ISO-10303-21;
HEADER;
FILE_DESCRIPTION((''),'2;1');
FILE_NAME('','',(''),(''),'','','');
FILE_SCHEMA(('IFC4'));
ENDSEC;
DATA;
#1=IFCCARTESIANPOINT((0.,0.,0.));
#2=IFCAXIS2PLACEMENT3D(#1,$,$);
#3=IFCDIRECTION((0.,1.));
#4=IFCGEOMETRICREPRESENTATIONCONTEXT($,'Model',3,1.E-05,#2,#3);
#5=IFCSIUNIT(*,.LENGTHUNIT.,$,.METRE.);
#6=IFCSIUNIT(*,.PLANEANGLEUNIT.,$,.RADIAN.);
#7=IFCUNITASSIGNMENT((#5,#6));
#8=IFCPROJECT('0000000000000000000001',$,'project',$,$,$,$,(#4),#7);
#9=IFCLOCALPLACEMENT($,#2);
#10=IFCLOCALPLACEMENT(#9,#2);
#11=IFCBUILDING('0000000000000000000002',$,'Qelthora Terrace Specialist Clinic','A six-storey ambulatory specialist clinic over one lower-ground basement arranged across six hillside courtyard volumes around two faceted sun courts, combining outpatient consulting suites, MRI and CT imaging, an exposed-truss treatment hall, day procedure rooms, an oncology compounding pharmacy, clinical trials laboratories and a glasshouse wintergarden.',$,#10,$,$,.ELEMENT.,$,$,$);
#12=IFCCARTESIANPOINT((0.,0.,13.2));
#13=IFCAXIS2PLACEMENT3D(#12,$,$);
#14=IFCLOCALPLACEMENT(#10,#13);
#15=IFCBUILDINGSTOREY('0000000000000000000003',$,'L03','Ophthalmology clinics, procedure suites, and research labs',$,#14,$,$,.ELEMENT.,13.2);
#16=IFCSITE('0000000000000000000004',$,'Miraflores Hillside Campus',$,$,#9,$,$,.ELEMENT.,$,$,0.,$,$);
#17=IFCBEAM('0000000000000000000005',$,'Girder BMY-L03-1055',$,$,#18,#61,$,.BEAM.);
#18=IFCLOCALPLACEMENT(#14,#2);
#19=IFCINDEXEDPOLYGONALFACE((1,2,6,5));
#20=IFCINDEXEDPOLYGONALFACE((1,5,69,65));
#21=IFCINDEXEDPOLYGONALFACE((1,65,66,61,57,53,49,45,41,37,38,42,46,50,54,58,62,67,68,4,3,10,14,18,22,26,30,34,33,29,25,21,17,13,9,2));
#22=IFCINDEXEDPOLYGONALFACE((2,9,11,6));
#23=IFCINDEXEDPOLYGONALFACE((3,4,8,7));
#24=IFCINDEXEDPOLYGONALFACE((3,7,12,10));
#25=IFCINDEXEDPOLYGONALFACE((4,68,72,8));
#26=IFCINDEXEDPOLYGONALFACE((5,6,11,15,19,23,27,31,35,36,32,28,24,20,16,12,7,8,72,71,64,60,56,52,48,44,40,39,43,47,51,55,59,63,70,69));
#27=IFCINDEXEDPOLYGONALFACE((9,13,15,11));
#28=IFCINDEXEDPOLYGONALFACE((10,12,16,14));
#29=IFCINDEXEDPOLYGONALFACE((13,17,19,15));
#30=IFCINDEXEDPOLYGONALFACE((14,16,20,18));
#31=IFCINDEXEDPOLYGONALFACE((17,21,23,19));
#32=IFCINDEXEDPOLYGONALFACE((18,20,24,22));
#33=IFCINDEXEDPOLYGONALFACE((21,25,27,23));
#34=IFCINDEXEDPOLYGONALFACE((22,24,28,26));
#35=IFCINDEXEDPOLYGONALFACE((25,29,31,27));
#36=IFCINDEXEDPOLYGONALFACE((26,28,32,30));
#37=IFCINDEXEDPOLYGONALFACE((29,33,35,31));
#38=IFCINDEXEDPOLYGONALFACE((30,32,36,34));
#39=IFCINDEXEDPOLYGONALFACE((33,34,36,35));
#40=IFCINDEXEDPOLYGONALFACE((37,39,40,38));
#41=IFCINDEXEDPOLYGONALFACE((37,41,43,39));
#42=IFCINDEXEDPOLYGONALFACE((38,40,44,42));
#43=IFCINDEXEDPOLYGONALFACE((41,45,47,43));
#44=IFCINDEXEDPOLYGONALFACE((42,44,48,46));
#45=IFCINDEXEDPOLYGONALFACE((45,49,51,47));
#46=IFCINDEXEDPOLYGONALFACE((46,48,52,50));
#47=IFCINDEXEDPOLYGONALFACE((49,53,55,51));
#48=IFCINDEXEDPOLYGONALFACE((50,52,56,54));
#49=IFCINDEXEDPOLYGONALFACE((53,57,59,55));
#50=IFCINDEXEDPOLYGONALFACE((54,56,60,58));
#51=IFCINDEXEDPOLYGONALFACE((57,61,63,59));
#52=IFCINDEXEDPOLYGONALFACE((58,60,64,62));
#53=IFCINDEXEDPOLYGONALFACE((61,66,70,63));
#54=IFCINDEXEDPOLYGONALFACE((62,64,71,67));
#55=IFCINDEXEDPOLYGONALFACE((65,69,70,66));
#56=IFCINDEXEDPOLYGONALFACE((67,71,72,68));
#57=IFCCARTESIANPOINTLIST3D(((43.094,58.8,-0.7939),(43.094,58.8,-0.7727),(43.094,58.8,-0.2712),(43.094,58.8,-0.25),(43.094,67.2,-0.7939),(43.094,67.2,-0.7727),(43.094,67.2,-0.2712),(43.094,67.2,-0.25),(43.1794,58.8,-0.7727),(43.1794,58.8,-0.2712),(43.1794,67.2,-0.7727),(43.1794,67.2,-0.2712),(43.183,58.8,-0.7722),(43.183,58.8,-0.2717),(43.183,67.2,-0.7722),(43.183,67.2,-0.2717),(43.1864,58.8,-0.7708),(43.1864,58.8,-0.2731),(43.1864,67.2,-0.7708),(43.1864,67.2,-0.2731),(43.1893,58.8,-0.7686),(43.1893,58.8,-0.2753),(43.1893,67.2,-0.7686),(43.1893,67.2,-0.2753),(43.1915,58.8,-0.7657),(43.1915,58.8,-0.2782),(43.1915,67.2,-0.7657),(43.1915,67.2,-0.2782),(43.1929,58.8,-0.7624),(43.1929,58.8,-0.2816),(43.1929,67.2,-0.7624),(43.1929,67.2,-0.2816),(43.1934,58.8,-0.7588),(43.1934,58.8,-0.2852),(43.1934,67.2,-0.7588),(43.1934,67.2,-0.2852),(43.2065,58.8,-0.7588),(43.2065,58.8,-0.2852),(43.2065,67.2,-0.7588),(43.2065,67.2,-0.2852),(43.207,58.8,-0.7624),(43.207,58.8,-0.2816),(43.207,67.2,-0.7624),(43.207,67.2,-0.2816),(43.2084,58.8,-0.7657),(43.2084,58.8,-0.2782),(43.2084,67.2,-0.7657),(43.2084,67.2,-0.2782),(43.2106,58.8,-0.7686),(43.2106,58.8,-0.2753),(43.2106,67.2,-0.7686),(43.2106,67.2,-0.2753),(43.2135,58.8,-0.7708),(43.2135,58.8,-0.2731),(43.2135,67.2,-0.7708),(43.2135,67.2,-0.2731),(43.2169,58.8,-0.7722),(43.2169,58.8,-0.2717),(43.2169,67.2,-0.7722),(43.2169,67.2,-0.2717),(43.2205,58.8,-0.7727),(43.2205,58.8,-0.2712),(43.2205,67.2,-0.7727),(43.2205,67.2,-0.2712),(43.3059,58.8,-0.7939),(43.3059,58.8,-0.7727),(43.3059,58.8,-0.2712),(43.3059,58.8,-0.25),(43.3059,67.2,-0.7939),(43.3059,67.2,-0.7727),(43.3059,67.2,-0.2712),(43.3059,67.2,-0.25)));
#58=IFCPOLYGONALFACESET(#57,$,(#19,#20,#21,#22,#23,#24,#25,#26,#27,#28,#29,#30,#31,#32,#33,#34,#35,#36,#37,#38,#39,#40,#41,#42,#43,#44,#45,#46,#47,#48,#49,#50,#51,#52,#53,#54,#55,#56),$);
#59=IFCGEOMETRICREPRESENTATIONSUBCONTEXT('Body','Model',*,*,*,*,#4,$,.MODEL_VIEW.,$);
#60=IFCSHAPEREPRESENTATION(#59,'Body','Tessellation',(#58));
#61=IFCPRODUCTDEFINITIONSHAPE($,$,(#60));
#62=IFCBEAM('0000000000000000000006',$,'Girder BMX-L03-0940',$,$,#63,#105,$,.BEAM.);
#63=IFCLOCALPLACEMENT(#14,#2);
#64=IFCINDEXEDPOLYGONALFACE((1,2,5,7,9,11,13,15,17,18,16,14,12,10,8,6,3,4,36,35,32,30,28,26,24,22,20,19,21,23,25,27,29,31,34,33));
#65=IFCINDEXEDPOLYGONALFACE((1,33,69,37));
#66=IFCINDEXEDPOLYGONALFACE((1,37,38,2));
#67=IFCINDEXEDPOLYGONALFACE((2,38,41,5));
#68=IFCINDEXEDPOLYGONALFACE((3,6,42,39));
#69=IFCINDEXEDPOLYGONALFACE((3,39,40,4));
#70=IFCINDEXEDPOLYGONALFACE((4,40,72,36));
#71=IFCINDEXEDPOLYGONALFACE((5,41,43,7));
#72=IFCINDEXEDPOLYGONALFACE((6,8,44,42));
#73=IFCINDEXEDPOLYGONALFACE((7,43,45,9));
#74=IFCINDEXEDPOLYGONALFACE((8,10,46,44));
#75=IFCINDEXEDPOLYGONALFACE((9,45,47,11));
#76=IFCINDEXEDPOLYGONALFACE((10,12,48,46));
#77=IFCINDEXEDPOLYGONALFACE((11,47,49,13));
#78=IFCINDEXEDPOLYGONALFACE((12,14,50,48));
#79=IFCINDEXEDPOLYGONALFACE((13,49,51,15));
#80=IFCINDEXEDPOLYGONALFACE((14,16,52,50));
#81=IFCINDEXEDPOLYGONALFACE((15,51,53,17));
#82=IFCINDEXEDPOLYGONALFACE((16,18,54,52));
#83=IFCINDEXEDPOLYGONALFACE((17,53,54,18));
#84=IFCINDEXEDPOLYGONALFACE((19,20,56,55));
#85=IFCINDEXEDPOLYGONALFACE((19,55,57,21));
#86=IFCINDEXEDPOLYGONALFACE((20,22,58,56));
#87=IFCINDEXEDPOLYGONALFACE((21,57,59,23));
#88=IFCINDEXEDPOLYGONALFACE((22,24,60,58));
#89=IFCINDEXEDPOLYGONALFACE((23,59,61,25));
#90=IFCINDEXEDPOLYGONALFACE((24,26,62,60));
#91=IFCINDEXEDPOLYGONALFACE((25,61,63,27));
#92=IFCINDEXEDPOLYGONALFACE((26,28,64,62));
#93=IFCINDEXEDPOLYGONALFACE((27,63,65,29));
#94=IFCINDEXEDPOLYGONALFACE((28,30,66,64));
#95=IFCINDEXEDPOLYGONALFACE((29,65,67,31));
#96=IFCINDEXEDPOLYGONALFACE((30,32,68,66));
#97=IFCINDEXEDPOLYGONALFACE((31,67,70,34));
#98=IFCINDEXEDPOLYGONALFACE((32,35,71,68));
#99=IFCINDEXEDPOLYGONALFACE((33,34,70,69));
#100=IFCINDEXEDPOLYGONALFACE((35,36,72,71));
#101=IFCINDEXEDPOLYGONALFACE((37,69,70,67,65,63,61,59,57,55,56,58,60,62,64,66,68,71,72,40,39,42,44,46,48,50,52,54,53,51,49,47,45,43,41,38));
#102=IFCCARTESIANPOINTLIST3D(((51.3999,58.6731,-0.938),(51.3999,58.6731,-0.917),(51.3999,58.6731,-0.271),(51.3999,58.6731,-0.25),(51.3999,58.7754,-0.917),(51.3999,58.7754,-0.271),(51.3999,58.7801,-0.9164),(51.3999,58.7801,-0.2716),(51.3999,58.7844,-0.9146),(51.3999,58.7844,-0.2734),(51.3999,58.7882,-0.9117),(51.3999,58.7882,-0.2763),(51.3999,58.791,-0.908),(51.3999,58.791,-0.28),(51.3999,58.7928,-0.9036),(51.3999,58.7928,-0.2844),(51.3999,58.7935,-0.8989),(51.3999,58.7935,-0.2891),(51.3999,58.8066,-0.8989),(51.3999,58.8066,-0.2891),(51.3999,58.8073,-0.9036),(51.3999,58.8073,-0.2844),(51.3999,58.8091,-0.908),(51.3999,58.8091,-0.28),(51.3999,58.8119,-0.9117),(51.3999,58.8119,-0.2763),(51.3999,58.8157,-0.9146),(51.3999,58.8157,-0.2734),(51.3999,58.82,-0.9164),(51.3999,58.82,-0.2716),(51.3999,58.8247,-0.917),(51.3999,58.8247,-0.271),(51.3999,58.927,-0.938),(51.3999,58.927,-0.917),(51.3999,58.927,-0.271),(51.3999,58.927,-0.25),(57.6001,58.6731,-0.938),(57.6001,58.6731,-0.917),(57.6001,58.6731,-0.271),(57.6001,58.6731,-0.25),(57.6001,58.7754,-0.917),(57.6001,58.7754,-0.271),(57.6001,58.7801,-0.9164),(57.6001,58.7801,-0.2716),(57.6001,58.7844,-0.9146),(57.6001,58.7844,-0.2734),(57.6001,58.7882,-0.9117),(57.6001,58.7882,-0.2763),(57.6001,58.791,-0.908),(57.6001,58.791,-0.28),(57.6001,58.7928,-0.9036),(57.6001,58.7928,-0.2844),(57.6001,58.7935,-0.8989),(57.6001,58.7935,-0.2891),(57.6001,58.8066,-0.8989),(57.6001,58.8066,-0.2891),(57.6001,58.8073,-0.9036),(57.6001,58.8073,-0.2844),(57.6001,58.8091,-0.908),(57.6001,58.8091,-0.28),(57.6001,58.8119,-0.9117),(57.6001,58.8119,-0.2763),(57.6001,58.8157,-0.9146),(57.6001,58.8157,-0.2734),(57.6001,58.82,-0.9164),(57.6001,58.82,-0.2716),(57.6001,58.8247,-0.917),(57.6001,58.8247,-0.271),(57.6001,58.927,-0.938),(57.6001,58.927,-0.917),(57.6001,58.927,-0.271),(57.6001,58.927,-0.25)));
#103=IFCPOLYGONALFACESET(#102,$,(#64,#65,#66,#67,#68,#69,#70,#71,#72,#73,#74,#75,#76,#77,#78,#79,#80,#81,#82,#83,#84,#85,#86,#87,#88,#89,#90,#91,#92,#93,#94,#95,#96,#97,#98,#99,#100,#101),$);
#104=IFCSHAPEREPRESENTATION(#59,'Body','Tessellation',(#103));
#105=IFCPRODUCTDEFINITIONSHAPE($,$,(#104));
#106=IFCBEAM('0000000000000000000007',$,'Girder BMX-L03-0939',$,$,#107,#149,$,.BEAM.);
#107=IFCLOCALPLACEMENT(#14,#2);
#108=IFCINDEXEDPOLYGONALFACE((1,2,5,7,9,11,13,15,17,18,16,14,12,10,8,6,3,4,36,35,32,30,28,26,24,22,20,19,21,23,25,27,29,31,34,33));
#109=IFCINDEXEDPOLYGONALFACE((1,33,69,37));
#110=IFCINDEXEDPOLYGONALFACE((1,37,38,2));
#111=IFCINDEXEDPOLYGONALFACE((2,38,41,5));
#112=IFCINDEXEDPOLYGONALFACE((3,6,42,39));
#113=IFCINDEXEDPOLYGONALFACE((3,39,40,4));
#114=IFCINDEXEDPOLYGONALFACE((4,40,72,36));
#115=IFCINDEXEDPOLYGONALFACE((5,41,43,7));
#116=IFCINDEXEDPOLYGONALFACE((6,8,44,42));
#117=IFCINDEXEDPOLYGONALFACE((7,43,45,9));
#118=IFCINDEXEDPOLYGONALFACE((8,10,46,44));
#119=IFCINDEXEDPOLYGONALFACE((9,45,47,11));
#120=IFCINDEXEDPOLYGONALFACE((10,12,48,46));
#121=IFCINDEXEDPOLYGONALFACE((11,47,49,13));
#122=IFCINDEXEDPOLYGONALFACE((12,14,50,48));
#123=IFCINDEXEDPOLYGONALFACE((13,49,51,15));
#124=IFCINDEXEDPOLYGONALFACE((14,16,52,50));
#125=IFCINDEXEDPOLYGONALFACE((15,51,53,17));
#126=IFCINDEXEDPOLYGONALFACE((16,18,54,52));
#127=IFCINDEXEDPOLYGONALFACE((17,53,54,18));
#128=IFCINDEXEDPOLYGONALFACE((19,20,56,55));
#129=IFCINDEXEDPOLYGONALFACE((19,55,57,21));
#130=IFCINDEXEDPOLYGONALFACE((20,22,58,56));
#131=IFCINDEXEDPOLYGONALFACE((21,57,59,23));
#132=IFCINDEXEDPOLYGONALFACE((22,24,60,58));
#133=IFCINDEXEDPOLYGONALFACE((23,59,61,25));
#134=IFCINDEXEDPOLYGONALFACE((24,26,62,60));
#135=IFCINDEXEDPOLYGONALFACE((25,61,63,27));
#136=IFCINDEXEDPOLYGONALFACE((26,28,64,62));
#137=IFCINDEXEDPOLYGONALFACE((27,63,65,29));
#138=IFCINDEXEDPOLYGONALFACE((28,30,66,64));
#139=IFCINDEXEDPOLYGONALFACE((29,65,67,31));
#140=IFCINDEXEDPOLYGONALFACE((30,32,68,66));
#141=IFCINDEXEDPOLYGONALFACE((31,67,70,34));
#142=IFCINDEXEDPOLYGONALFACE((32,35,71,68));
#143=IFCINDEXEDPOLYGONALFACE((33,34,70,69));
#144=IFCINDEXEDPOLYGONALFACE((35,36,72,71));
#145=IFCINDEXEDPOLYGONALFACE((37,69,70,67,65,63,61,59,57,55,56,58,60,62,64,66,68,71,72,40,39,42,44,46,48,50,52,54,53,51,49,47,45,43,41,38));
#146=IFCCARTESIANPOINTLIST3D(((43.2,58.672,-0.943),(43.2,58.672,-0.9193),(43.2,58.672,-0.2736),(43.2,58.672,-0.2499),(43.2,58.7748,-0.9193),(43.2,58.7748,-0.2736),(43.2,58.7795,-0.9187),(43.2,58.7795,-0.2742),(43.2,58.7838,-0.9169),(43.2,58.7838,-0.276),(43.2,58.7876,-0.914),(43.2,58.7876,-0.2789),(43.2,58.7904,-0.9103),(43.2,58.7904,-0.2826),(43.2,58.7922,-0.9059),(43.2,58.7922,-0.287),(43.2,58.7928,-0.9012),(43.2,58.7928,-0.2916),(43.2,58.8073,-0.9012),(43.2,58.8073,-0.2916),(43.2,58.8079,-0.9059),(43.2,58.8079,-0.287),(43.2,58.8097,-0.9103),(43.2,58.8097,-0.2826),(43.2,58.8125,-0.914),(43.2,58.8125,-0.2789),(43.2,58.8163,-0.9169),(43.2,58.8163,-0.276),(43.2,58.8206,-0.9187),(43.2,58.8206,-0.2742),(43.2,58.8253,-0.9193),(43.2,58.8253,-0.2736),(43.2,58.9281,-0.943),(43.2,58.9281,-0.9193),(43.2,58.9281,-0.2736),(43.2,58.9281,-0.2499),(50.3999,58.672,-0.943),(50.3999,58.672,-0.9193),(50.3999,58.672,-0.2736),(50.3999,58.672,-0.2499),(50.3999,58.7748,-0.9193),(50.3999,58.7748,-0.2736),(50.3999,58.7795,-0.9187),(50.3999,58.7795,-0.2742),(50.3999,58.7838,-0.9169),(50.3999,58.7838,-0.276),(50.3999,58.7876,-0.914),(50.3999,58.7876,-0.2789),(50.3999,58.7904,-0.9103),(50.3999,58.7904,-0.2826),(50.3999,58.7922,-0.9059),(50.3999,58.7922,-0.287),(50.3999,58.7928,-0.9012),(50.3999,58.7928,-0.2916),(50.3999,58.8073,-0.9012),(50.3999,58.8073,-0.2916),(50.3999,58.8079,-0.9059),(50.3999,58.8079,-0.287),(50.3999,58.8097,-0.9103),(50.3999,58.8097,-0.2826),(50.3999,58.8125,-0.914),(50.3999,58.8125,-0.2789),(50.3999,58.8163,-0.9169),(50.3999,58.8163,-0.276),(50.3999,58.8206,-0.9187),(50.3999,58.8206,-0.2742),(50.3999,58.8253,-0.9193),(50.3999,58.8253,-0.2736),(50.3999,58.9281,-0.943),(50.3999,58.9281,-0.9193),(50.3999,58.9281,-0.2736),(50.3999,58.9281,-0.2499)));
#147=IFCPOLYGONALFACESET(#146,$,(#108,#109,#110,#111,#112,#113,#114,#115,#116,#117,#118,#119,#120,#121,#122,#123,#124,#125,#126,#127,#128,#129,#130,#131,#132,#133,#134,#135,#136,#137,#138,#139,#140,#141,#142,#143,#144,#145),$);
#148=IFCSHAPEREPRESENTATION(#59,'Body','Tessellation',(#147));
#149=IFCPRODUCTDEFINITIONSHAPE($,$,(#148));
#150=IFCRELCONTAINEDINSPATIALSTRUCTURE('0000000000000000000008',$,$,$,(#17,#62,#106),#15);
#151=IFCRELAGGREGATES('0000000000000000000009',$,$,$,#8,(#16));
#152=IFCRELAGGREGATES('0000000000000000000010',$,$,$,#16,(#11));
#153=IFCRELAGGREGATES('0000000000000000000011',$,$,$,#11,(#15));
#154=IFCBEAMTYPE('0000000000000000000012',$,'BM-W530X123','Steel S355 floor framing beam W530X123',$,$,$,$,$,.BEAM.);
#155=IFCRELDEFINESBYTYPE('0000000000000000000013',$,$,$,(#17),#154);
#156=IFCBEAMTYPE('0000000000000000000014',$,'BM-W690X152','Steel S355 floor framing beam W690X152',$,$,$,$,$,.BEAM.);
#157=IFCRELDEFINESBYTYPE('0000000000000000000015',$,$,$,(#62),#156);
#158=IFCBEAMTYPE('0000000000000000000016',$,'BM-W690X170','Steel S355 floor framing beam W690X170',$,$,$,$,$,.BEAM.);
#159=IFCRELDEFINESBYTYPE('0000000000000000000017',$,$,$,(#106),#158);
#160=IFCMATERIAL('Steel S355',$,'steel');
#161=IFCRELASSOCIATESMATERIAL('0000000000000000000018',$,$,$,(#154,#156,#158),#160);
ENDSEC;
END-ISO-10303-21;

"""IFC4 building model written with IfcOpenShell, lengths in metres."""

from ifc_helpers import new_model, si_unit, direction, frame, origin, origin_2d, place, context, subcontext, project, spatial, i_section, extrude, material, material_profile, profile_set, type_object, element, save


model = new_model("IFC4")

# Units and contexts
model_context = context("Model", 3, precision=1e-05, world=origin(), true_north=direction((0.0, 1.0)))
body_context = subcontext(model_context, "Body", "Model", "MODEL_VIEW")
ifc_project = project(units=[si_unit("LENGTHUNIT", "METRE"), si_unit("PLANEANGLEUNIT", "RADIAN")], contexts=[model_context])

# Site, building, storey
site_placement = place(None, origin())
site = spatial("IfcSite", under=ifc_project, at=site_placement, Name="Miraflores Hillside Campus", CompositionType="ELEMENT", RefElevation=0.0)
building_placement = place(site_placement, origin())
building = spatial("IfcBuilding", under=site, at=building_placement, Name="Qelthora Terrace Specialist Clinic", Description="A six-storey ambulatory specialist clinic over one lower-ground basement arranged across six hillside courtyard volumes around two faceted sun courts, combining outpatient consulting suites, MRI and CT imaging, an exposed-truss treatment hall, day procedure rooms, an oncology compounding pharmacy, clinical trials laboratories and a glasshouse wintergarden.", CompositionType="ELEMENT")
storey_placement = place(building_placement, frame((0.0, 0.0, 13.2)))
storey = spatial("IfcBuildingStorey", under=building, at=storey_placement, Name="L03", Description="Ophthalmology clinics, procedure suites, and research labs", CompositionType="ELEMENT", Elevation=13.2)

# Shared definitions
ifc_material_1 = material(Name="Steel S355", Category="steel")

# Beams
ifc_material_profile_1 = material_profile(ifc_material_1, i_section(OverallWidth=0.2119, OverallDepth=0.5439, WebThickness=0.0132, FlangeThickness=0.0212, FilletRadius=0.0139, at=origin_2d()), Name="W530X123")
ifc_profile_set_1 = profile_set([ifc_material_profile_1], Name="Steel S355")
beam_type_1 = type_object("IfcBeamType", Name="BM-W530X123", Description="Steel S355 floor framing beam W530X123", PredefinedType="BEAM", material=ifc_profile_set_1)
beam_1_placement = place(storey_placement, frame((43.2, 58.8, -0.522), z_axis=(0.0, 1.0, 0.0), x_axis=(-1.0, 0.0, 0.0)))
element("IfcBeam", 1, at=beam_1_placement, inside=storey, type_object=beam_type_1, Name="Girder BMY-L03-1055", PredefinedType="BEAM", context=body_context, shape_type="SweptSolid", body=[
    extrude(i_section(OverallWidth=0.2119, OverallDepth=0.5439, WebThickness=0.0132, FlangeThickness=0.0212, FilletRadius=0.0139, at=origin_2d()), origin(), (0.0, 0.0, 1.0), 8.3999),
])
ifc_material_profile_2 = material_profile(ifc_material_1, i_section(OverallWidth=0.2539, OverallDepth=0.688, WebThickness=0.0132, FlangeThickness=0.021, FilletRadius=0.0181, at=origin_2d()), Name="W690X152")
ifc_profile_set_2 = profile_set([ifc_material_profile_2], Name="Steel S355")
beam_type_2 = type_object("IfcBeamType", Name="BM-W690X152", Description="Steel S355 floor framing beam W690X152", PredefinedType="BEAM", material=ifc_profile_set_2)
beam_2_placement = place(storey_placement, frame((51.3999, 58.8, -0.594), z_axis=(1.0, 0.0, 0.0), x_axis=(0.0, 1.0, 0.0)))
element("IfcBeam", 2, at=beam_2_placement, inside=storey, type_object=beam_type_2, Name="Girder BMX-L03-0940", PredefinedType="BEAM", context=body_context, shape_type="SweptSolid", body=[
    extrude(i_section(OverallWidth=0.2539, OverallDepth=0.688, WebThickness=0.0132, FlangeThickness=0.021, FilletRadius=0.0181, at=origin_2d()), origin(), (0.0, 0.0, 1.0), 6.2002),
])
ifc_material_profile_3 = material_profile(ifc_material_1, i_section(OverallWidth=0.2561, OverallDepth=0.6931, WebThickness=0.0144, FlangeThickness=0.0237, FilletRadius=0.0181, at=origin_2d()), Name="W690X170")
ifc_profile_set_3 = profile_set([ifc_material_profile_3], Name="Steel S355")
beam_type_3 = type_object("IfcBeamType", Name="BM-W690X170", Description="Steel S355 floor framing beam W690X170", PredefinedType="BEAM", material=ifc_profile_set_3)
beam_3_placement = place(storey_placement, frame((43.2, 58.8, -0.5964), z_axis=(1.0, 0.0, 0.0), x_axis=(0.0, 1.0, 0.0)))
element("IfcBeam", 3, at=beam_3_placement, inside=storey, type_object=beam_type_3, Name="Girder BMX-L03-0939", PredefinedType="BEAM", context=body_context, shape_type="SweptSolid", body=[
    extrude(i_section(OverallWidth=0.2561, OverallDepth=0.6931, WebThickness=0.0144, FlangeThickness=0.0237, FilletRadius=0.0181, at=origin_2d()), origin(), (0.0, 0.0, 1.0), 7.2),
])

save(model, "model.ifc")
